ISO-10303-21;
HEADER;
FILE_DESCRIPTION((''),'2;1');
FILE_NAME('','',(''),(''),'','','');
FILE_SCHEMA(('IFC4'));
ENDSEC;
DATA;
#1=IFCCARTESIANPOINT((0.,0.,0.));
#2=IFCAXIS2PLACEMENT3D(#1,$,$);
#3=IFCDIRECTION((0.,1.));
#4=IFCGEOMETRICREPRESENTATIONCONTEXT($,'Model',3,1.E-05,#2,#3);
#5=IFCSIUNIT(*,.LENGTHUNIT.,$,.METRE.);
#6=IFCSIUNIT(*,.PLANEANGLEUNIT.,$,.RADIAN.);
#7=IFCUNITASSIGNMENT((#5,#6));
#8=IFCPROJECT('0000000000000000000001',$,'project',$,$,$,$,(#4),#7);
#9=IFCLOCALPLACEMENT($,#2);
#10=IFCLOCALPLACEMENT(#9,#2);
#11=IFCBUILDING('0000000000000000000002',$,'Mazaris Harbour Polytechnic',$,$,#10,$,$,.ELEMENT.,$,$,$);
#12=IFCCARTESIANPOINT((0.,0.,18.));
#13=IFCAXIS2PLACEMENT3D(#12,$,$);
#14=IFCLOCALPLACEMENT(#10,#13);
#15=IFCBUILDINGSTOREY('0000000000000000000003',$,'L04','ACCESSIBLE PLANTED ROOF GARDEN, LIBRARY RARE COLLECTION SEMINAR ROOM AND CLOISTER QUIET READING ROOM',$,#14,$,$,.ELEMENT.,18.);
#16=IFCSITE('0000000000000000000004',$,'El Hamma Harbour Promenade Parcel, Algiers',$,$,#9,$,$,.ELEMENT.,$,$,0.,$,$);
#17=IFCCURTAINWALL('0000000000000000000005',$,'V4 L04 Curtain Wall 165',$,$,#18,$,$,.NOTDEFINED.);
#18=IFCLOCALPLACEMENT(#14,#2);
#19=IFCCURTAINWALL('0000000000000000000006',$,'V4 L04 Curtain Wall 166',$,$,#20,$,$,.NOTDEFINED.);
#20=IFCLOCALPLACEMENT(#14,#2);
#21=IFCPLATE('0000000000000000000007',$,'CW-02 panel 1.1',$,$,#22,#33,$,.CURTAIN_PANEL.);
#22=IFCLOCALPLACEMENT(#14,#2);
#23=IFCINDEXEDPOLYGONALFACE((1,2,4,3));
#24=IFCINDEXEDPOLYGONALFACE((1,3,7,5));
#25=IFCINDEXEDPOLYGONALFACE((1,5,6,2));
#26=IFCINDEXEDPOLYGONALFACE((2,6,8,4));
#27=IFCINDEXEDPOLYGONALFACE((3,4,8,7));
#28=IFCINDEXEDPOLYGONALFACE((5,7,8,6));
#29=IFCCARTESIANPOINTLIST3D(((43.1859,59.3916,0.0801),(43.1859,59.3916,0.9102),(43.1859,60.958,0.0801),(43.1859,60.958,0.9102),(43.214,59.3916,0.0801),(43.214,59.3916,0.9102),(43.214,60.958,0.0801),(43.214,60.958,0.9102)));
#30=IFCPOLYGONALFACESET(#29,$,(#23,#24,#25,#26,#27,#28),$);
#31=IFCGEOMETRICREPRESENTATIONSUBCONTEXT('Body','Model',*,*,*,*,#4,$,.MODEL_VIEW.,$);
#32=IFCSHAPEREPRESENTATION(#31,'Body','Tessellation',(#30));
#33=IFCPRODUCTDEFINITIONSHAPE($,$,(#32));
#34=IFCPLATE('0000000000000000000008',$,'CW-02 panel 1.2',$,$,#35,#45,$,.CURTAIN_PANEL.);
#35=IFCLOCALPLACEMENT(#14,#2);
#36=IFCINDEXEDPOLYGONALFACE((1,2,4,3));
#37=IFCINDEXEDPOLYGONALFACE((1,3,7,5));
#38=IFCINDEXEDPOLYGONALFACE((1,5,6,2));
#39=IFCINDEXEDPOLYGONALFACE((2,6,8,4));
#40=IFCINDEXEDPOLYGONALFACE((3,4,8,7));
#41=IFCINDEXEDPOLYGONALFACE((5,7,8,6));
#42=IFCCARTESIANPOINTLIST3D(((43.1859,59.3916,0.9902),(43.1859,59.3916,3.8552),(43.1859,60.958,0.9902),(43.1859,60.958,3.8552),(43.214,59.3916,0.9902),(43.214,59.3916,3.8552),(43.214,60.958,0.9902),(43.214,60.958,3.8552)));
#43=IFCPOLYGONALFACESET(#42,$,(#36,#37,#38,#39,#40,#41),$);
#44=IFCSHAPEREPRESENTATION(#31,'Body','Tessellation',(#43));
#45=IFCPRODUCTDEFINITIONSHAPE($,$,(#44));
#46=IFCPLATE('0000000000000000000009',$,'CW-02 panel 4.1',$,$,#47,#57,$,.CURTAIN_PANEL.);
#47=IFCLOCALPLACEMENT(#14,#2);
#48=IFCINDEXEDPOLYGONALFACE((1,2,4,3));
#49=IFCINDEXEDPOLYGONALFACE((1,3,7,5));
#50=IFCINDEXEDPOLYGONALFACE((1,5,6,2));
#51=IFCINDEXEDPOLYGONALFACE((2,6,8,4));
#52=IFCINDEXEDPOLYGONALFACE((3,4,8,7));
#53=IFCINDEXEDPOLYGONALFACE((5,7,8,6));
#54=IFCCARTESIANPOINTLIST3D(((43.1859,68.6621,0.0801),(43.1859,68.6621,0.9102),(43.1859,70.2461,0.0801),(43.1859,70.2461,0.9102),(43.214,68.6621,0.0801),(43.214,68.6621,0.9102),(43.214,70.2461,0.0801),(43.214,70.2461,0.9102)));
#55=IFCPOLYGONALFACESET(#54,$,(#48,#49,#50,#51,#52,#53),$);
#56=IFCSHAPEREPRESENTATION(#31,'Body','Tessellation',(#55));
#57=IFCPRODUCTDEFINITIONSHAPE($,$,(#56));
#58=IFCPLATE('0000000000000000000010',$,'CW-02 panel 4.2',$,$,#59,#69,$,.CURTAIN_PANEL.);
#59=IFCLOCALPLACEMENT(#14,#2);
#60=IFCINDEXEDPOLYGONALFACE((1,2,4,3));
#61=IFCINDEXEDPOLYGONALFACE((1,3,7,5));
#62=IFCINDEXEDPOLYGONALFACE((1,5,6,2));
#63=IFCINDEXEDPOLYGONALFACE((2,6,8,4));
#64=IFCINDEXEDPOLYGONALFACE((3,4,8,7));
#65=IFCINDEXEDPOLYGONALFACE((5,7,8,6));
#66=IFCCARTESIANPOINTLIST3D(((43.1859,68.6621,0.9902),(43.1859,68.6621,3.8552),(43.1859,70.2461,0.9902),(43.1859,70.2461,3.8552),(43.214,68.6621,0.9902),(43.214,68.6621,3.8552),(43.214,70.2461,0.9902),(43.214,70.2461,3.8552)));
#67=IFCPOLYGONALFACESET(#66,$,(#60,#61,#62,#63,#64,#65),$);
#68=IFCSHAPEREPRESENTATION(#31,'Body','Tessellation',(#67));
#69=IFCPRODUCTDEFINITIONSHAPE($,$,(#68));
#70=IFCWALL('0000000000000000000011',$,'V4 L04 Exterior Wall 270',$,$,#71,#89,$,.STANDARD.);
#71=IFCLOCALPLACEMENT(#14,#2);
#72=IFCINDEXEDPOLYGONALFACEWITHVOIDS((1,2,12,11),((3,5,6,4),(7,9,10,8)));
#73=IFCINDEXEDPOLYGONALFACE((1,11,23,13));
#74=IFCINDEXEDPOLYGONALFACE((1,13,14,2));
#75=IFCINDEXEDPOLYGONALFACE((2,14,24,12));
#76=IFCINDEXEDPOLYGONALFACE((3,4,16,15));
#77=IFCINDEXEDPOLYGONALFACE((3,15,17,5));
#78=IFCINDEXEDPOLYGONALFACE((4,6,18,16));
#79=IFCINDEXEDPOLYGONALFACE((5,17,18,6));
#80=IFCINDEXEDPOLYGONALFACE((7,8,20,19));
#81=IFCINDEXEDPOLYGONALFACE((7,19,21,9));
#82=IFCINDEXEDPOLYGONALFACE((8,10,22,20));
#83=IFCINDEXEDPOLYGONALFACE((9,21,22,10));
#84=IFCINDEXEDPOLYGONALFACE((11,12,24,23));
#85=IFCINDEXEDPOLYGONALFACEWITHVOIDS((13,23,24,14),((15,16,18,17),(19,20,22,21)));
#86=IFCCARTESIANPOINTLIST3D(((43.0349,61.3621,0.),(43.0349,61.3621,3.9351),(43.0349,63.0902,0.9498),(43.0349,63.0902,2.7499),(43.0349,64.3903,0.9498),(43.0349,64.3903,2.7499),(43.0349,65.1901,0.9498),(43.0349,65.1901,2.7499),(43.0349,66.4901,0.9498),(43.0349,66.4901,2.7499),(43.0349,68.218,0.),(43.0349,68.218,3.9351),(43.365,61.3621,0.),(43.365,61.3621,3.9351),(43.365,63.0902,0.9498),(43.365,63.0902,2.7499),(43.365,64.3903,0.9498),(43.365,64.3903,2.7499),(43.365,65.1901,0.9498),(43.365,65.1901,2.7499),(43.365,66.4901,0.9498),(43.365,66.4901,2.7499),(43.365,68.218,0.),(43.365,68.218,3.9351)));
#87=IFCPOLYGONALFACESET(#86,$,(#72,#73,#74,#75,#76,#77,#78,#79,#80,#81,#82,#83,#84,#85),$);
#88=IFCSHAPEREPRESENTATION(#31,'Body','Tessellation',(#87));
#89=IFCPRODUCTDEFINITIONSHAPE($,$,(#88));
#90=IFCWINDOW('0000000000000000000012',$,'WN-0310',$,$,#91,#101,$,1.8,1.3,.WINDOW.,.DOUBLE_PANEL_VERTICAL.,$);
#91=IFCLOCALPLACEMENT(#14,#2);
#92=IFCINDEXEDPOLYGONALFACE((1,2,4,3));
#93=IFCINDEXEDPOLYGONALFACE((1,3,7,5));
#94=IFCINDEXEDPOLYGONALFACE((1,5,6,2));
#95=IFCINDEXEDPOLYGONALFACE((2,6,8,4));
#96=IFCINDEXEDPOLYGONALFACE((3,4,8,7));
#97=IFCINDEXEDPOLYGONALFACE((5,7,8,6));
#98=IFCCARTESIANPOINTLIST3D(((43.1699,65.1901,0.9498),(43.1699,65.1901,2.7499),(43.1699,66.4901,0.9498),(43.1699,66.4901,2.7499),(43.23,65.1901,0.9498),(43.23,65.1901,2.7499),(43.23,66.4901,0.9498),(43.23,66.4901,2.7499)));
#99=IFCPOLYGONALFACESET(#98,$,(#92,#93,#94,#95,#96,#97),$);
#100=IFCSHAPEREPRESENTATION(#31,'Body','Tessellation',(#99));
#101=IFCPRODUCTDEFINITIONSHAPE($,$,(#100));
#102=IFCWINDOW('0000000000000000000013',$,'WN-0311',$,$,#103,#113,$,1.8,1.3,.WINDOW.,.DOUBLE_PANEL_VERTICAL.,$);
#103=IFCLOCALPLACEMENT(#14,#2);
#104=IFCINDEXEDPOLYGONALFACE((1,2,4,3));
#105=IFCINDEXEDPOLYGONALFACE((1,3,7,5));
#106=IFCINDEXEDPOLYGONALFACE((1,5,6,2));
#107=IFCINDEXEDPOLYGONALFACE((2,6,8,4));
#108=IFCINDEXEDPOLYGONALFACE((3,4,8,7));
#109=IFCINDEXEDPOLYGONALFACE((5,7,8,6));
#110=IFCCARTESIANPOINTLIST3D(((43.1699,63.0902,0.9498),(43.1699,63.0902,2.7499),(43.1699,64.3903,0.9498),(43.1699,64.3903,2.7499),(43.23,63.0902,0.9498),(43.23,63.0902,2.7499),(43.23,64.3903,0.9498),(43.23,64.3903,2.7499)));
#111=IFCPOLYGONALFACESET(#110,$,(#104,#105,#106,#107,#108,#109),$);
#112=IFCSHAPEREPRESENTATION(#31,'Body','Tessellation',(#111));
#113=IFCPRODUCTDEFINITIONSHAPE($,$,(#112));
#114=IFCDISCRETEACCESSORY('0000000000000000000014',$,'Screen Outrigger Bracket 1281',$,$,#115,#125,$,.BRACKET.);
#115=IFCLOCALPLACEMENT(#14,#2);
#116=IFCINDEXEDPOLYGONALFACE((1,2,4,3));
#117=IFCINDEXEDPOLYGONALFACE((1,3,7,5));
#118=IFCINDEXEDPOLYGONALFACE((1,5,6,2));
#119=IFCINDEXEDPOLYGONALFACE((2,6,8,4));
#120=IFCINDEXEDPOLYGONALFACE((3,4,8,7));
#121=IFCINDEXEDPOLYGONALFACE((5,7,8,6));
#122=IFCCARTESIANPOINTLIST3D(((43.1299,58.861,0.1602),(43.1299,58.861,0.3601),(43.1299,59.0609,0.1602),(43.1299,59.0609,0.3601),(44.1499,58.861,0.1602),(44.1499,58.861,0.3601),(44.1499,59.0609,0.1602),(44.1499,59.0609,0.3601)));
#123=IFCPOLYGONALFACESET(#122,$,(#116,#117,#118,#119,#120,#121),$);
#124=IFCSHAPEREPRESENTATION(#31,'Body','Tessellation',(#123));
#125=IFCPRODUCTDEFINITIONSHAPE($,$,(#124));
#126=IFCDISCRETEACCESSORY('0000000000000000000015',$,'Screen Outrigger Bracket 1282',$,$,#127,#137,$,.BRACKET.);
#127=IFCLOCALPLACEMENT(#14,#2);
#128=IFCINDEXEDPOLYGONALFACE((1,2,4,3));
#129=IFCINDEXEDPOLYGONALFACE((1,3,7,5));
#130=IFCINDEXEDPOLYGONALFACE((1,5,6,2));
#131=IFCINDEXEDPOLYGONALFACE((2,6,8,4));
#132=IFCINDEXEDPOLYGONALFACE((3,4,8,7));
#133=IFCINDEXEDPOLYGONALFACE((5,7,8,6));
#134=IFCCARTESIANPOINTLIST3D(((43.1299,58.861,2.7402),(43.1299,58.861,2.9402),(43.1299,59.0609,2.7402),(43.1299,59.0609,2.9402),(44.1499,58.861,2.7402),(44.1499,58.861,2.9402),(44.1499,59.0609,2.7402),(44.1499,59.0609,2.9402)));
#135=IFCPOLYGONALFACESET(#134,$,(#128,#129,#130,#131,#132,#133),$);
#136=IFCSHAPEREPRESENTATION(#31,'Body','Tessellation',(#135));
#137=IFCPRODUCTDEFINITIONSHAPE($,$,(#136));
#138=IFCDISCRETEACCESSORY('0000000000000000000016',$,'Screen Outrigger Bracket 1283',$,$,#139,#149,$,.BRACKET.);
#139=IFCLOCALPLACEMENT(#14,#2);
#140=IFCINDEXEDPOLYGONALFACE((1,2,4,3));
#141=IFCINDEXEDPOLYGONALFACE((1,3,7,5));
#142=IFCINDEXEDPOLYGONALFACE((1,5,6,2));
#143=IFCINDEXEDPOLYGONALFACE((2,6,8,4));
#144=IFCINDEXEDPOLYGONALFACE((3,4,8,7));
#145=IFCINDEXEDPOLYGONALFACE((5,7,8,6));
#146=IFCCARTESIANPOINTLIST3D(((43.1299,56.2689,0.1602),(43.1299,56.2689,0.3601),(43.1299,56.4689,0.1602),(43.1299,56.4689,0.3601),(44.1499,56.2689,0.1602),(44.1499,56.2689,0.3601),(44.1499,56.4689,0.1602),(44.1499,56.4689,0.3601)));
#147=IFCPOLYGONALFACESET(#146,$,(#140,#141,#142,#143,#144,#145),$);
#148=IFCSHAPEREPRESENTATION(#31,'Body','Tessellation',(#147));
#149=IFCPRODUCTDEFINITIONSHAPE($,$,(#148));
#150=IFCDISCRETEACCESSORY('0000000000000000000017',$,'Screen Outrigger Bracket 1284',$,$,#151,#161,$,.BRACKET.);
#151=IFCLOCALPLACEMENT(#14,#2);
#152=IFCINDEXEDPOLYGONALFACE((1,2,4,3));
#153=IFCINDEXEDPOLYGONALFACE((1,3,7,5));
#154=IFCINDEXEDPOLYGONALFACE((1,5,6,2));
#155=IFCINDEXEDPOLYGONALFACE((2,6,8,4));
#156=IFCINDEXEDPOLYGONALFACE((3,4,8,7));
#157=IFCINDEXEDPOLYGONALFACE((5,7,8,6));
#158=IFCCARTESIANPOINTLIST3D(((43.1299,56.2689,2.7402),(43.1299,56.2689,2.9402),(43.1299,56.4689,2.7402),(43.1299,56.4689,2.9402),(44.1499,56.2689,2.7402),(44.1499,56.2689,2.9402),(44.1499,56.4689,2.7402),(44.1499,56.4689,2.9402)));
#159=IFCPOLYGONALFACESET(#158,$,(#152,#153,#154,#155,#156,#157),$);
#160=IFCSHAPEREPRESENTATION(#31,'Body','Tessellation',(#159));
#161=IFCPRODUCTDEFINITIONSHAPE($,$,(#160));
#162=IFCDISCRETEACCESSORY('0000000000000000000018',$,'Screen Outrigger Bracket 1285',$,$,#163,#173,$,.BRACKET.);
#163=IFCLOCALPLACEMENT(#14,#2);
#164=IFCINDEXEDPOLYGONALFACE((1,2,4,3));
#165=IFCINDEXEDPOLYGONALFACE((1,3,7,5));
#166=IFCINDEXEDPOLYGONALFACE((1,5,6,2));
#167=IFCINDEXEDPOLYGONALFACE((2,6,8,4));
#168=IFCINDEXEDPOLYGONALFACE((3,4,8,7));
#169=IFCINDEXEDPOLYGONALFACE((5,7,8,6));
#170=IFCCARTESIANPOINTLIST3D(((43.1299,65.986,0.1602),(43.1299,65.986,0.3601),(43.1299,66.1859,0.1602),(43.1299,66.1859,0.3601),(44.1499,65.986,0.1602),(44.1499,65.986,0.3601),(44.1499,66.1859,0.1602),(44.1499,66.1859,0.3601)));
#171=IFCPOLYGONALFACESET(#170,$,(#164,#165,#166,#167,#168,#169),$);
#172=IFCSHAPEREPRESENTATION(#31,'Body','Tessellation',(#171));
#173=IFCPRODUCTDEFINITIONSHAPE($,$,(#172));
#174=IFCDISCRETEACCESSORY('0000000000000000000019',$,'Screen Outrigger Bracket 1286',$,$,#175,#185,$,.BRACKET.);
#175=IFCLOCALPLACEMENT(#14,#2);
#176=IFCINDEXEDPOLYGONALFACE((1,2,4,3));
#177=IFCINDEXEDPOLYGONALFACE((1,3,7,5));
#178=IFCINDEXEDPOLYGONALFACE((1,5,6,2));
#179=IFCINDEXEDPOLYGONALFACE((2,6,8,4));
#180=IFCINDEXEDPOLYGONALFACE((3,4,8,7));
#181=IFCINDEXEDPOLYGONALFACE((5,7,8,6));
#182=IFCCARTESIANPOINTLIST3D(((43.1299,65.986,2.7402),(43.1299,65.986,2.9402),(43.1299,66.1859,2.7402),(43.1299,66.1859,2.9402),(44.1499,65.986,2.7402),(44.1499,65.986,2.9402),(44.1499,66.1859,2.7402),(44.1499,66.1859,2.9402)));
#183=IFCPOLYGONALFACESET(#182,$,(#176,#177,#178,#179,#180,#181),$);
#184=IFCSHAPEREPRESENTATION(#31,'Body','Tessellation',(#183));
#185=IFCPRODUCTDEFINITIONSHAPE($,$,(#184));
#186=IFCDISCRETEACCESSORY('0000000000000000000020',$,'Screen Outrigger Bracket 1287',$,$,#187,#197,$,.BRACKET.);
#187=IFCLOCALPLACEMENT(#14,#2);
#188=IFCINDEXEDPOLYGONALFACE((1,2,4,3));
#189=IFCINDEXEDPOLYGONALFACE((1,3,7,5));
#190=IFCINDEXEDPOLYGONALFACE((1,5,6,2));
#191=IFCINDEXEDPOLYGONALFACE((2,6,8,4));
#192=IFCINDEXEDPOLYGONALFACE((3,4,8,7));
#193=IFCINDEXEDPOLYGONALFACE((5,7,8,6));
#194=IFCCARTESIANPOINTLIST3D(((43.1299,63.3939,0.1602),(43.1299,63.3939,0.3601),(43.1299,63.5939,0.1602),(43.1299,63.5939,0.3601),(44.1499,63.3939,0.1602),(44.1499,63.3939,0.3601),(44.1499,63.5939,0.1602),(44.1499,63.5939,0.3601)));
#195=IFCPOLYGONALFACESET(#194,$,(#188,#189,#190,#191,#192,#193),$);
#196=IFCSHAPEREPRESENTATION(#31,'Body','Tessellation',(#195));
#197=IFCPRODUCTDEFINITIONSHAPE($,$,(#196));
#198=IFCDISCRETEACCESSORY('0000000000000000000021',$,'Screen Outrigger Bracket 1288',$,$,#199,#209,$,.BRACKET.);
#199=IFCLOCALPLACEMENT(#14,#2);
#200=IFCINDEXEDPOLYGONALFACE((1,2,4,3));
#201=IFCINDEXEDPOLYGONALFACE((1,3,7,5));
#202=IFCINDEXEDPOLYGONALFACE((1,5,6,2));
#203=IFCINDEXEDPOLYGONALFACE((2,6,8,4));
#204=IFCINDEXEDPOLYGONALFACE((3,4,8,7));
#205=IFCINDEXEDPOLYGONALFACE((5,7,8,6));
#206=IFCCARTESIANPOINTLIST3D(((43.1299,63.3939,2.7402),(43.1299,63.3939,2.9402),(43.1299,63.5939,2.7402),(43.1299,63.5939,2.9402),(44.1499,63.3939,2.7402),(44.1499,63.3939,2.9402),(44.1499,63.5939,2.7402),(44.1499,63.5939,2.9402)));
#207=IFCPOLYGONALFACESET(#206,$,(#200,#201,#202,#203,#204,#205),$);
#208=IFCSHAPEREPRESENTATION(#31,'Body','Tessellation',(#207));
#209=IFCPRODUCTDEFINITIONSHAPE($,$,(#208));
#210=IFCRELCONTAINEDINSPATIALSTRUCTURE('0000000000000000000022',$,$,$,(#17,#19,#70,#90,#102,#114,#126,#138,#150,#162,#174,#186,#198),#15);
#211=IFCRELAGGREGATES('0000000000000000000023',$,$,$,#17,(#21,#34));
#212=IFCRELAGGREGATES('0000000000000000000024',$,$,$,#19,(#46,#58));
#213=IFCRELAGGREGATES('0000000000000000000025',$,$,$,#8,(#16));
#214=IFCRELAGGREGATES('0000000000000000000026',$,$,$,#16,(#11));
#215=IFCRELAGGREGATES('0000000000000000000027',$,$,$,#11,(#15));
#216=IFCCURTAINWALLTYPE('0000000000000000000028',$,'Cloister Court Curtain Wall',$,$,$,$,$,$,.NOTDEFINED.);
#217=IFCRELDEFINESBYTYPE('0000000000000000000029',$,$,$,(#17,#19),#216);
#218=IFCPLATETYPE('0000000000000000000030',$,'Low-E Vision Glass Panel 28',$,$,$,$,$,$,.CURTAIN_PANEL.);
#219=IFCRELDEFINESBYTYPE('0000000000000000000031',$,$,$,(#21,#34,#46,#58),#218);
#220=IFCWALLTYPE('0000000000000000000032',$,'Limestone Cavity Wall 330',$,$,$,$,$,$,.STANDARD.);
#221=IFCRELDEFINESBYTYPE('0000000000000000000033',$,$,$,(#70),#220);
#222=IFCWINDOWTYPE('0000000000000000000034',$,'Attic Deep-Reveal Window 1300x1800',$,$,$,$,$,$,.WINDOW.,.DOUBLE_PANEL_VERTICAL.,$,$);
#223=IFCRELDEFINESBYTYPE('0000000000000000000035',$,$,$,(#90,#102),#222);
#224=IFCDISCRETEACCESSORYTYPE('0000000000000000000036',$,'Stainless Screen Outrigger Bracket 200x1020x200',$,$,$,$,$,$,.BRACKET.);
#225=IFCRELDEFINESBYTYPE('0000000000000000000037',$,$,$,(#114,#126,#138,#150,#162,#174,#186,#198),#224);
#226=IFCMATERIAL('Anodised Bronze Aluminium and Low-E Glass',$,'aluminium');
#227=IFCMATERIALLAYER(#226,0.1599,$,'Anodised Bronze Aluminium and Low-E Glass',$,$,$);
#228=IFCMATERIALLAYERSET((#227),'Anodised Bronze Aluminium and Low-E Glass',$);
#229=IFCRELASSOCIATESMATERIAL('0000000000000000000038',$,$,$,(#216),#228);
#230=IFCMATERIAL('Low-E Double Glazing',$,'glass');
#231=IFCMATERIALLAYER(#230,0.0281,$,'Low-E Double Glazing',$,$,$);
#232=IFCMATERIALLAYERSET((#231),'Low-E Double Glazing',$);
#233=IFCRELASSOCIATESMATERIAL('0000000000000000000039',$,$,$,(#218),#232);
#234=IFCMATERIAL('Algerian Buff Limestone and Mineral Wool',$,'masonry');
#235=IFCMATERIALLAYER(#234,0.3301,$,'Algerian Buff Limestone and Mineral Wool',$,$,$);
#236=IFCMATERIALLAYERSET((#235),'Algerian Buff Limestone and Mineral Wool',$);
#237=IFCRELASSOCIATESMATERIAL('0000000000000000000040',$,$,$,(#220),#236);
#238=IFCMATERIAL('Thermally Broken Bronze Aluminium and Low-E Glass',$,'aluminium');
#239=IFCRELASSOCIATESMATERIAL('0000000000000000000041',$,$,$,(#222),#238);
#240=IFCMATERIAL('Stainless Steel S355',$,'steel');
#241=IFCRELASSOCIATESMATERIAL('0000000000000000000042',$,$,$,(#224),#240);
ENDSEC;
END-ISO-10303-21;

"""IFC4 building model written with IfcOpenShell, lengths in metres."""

from ifc_helpers import new_model, si_unit, direction, frame, frame_2d, origin, origin_2d, place, context, subcontext, project, spatial, rectangle, extrude, material, layer, layer_set, type_object, element, fill, aggregate, save


model = new_model("IFC4")

# Units and contexts
model_context = context("Model", 3, precision=1e-05, world=origin(), true_north=direction((0.0, 1.0)))
body_context = subcontext(model_context, "Body", "Model", "MODEL_VIEW")
ifc_project = project(units=[si_unit("LENGTHUNIT", "METRE"), si_unit("PLANEANGLEUNIT", "RADIAN")], contexts=[model_context])

# Site, building, storey
site_placement = place(None, origin())
site = spatial("IfcSite", under=ifc_project, at=site_placement, Name="El Hamma Harbour Promenade Parcel, Algiers", CompositionType="ELEMENT", RefElevation=0.0)
building_placement = place(site_placement, origin())
building = spatial("IfcBuilding", under=site, at=building_placement, Name="Mazaris Harbour Polytechnic", CompositionType="ELEMENT")
storey_placement = place(building_placement, frame((0.0, 0.0, 18.0)))
storey = spatial("IfcBuildingStorey", under=building, at=storey_placement, Name="L04", Description="ACCESSIBLE PLANTED ROOF GARDEN, LIBRARY RARE COLLECTION SEMINAR ROOM AND CLOISTER QUIET READING ROOM", CompositionType="ELEMENT", Elevation=18.0)

# Curtain wall
ifc_material_1 = material(Name="Anodised Bronze Aluminium and Low-E Glass", Category="aluminium")
ifc_layer_1 = layer(ifc_material_1, 0.1599, Name="Anodised Bronze Aluminium and Low-E Glass")
ifc_layer_set_1 = layer_set([ifc_layer_1], Name="Anodised Bronze Aluminium and Low-E Glass")
curtain_wall_type = type_object("IfcCurtainWallType", Name="Cloister Court Curtain Wall", PredefinedType="NOTDEFINED", material=ifc_layer_set_1)
curtain_wall_1_placement = place(storey_placement, origin())
curtain_wall_1 = element("IfcCurtainWall", 1, at=curtain_wall_1_placement, inside=storey, type_object=curtain_wall_type, Name="V4 L04 Curtain Wall 165", PredefinedType="NOTDEFINED")

# Curtain wall
curtain_wall_2_placement = place(storey_placement, origin())
curtain_wall_2 = element("IfcCurtainWall", 2, at=curtain_wall_2_placement, inside=storey, type_object=curtain_wall_type, Name="V4 L04 Curtain Wall 166", PredefinedType="NOTDEFINED")

# Plates
ifc_material_2 = material(Name="Low-E Double Glazing", Category="glass")
ifc_layer_2 = layer(ifc_material_2, 0.0281, Name="Low-E Double Glazing")
ifc_layer_set_2 = layer_set([ifc_layer_2], Name="Low-E Double Glazing")
plate_type = type_object("IfcPlateType", Name="Low-E Vision Glass Panel 28", PredefinedType="CURTAIN_PANEL", material=ifc_layer_set_2)
plate_1_placement = place(storey_placement, frame((43.2, 60.1748, 0.0801), z_axis=(0.0, 0.0, 1.0), x_axis=(0.0, -1.0, 0.0)))
plate_1 = element("IfcPlate", 3, at=plate_1_placement, type_object=plate_type, Name="CW-02 panel 1.1", PredefinedType="CURTAIN_PANEL", context=body_context, shape_type="SweptSolid", body=[
    extrude(rectangle(XDim=1.5664, YDim=0.0281, at=origin_2d()), origin(), (0.0, 0.0, 1.0), 0.8301),
])
plate_2_placement = place(storey_placement, frame((43.2, 60.1748, 0.9902), z_axis=(0.0, 0.0, 1.0), x_axis=(0.0, -1.0, 0.0)))
plate_2 = element("IfcPlate", 4, at=plate_2_placement, type_object=plate_type, Name="CW-02 panel 1.2", PredefinedType="CURTAIN_PANEL", context=body_context, shape_type="SweptSolid", body=[
    extrude(rectangle(XDim=1.5664, YDim=0.0281, at=origin_2d()), origin(), (0.0, 0.0, 1.0), 2.865),
])
aggregate(curtain_wall_1, [plate_1, plate_2])
plate_3_placement = place(storey_placement, frame((43.2, 69.4541, 0.0801), z_axis=(0.0, 0.0, 1.0), x_axis=(0.0, -1.0, 0.0)))
plate_3 = element("IfcPlate", 5, at=plate_3_placement, type_object=plate_type, Name="CW-02 panel 4.1", PredefinedType="CURTAIN_PANEL", context=body_context, shape_type="SweptSolid", body=[
    extrude(rectangle(XDim=1.584, YDim=0.0281, at=origin_2d()), origin(), (0.0, 0.0, 1.0), 0.8301),
])
plate_4_placement = place(storey_placement, frame((43.2, 69.4541, 0.9902), z_axis=(0.0, 0.0, 1.0), x_axis=(0.0, -1.0, 0.0)))
plate_4 = element("IfcPlate", 6, at=plate_4_placement, type_object=plate_type, Name="CW-02 panel 4.2", PredefinedType="CURTAIN_PANEL", context=body_context, shape_type="SweptSolid", body=[
    extrude(rectangle(XDim=1.584, YDim=0.0281, at=origin_2d()), origin(), (0.0, 0.0, 1.0), 2.865),
])
aggregate(curtain_wall_2, [plate_3, plate_4])

# Wall, openings, windows
ifc_material_3 = material(Name="Algerian Buff Limestone and Mineral Wool", Category="masonry")
ifc_layer_3 = layer(ifc_material_3, 0.3301, Name="Algerian Buff Limestone and Mineral Wool")
ifc_layer_set_3 = layer_set([ifc_layer_3], Name="Algerian Buff Limestone and Mineral Wool")
wall_type = type_object("IfcWallType", Name="Limestone Cavity Wall 330", PredefinedType="STANDARD", material=ifc_layer_set_3)
wall_placement = place(storey_placement, frame((43.2, 68.218, 0.0), z_axis=(0.0, 0.0, 1.0), x_axis=(0.0, -1.0, 0.0)))
wall = element("IfcWall", 7, at=wall_placement, inside=storey, type_object=wall_type, Name="V4 L04 Exterior Wall 270", PredefinedType="STANDARD", context=body_context, shape_type="SweptSolid", body=[
    extrude(rectangle(XDim=6.856, YDim=0.3301, at=frame_2d((3.428, 0.0))), origin(), (0.0, 0.0, 1.0), 3.9351),
])
opening_1_placement = place(wall_placement, frame((1.728, 0.0, 0.95)))
opening_1 = element("IfcOpeningElement", 8, at=opening_1_placement, cuts=wall, PredefinedType="OPENING", context=body_context, shape_type="SweptSolid", body=[
    extrude(rectangle(XDim=1.3, YDim=1.8, at=frame_2d((0.6499, 0.8999))), frame((0.0, 0.175, 0.0), z_axis=(0.0, -1.0, 0.0), x_axis=(1.0, 0.0, 0.0)), (0.0, 0.0, 1.0), 0.3501),
])
opening_2_placement = place(wall_placement, frame((3.8279, 0.0, 0.95)))
opening_2 = element("IfcOpeningElement", 9, at=opening_2_placement, cuts=wall, PredefinedType="OPENING", context=body_context, shape_type="SweptSolid", body=[
    extrude(rectangle(XDim=1.3, YDim=1.8, at=frame_2d((0.6499, 0.8999))), frame((0.0, 0.175, 0.0), z_axis=(0.0, -1.0, 0.0), x_axis=(1.0, 0.0, 0.0)), (0.0, 0.0, 1.0), 0.3501),
])
ifc_material_4 = material(Name="Thermally Broken Bronze Aluminium and Low-E Glass", Category="aluminium")
window_type = type_object("IfcWindowType", Name="Attic Deep-Reveal Window 1300x1800", PartitioningType="DOUBLE_PANEL_VERTICAL", PredefinedType="WINDOW", material=ifc_material_4)
window_1_placement = place(opening_1_placement, origin())
window_1 = element("IfcWindow", 10, at=window_1_placement, inside=storey, type_object=window_type, Name="WN-0310", OverallHeight=1.8, OverallWidth=1.3, PartitioningType="DOUBLE_PANEL_VERTICAL", PredefinedType="WINDOW", context=body_context, shape_type="SweptSolid", body=[
    extrude(rectangle(XDim=1.3, YDim=1.8, at=frame_2d((0.6499, 0.8999))), frame((0.0, 0.03, 0.0), z_axis=(0.0, -1.0, 0.0), x_axis=(1.0, 0.0, 0.0)), (0.0, 0.0, 1.0), 0.0601),
])
fill(opening_1, window_1)
window_2_placement = place(opening_2_placement, origin())
window_2 = element("IfcWindow", 11, at=window_2_placement, inside=storey, type_object=window_type, Name="WN-0311", OverallHeight=1.8, OverallWidth=1.3, PartitioningType="DOUBLE_PANEL_VERTICAL", PredefinedType="WINDOW", context=body_context, shape_type="SweptSolid", body=[
    extrude(rectangle(XDim=1.3, YDim=1.8, at=frame_2d((0.6499, 0.8999))), frame((0.0, 0.03, 0.0), z_axis=(0.0, -1.0, 0.0), x_axis=(1.0, 0.0, 0.0)), (0.0, 0.0, 1.0), 0.0601),
])
fill(opening_2, window_2)

# Discrete accessories
ifc_material_5 = material(Name="Stainless Steel S355", Category="steel")
discrete_accessory_type = type_object("IfcDiscreteAccessoryType", Name="Stainless Screen Outrigger Bracket 200x1020x200", PredefinedType="BRACKET", material=ifc_material_5)
for number, where, z_axis, x_axis, name in (
    (12, (43.6399, 58.9609, 0.1602), (0.0, 0.0, 1.0), (0.0, -1.0, 0.0), "Screen Outrigger Bracket 1281"),
    (13, (43.6399, 58.9609, 2.7402), (0.0, 0.0, 1.0), (0.0, -1.0, 0.0), "Screen Outrigger Bracket 1282"),
    (14, (43.6399, 56.3689, 0.1602), (0.0, 0.0, 1.0), (0.0, -1.0, 0.0), "Screen Outrigger Bracket 1283"),
    (15, (43.6399, 56.3689, 2.7402), (0.0, 0.0, 1.0), (0.0, -1.0, 0.0), "Screen Outrigger Bracket 1284"),
    (16, (43.6399, 66.0859, 0.1602), (0.0, 0.0, 1.0), (0.0, -1.0, 0.0), "Screen Outrigger Bracket 1285"),
    (17, (43.6399, 66.0859, 2.7402), (0.0, 0.0, 1.0), (0.0, -1.0, 0.0), "Screen Outrigger Bracket 1286"),
    (18, (43.6399, 63.4939, 0.1602), (0.0, 0.0, 1.0), (0.0, -1.0, 0.0), "Screen Outrigger Bracket 1287"),
    (19, (43.6399, 63.4939, 2.7402), (0.0, 0.0, 1.0), (0.0, -1.0, 0.0), "Screen Outrigger Bracket 1288"),
):
    element("IfcDiscreteAccessory", number, at=place(storey_placement, frame(where, z_axis=z_axis, x_axis=x_axis)), inside=storey, type_object=discrete_accessory_type, Name=name, PredefinedType="BRACKET", context=body_context, shape_type="SweptSolid", body=[
        extrude(rectangle(XDim=0.2, YDim=1.02, at=origin_2d()), origin(), (0.0, 0.0, 1.0), 0.2),
    ])

save(model, "model.ifc")
